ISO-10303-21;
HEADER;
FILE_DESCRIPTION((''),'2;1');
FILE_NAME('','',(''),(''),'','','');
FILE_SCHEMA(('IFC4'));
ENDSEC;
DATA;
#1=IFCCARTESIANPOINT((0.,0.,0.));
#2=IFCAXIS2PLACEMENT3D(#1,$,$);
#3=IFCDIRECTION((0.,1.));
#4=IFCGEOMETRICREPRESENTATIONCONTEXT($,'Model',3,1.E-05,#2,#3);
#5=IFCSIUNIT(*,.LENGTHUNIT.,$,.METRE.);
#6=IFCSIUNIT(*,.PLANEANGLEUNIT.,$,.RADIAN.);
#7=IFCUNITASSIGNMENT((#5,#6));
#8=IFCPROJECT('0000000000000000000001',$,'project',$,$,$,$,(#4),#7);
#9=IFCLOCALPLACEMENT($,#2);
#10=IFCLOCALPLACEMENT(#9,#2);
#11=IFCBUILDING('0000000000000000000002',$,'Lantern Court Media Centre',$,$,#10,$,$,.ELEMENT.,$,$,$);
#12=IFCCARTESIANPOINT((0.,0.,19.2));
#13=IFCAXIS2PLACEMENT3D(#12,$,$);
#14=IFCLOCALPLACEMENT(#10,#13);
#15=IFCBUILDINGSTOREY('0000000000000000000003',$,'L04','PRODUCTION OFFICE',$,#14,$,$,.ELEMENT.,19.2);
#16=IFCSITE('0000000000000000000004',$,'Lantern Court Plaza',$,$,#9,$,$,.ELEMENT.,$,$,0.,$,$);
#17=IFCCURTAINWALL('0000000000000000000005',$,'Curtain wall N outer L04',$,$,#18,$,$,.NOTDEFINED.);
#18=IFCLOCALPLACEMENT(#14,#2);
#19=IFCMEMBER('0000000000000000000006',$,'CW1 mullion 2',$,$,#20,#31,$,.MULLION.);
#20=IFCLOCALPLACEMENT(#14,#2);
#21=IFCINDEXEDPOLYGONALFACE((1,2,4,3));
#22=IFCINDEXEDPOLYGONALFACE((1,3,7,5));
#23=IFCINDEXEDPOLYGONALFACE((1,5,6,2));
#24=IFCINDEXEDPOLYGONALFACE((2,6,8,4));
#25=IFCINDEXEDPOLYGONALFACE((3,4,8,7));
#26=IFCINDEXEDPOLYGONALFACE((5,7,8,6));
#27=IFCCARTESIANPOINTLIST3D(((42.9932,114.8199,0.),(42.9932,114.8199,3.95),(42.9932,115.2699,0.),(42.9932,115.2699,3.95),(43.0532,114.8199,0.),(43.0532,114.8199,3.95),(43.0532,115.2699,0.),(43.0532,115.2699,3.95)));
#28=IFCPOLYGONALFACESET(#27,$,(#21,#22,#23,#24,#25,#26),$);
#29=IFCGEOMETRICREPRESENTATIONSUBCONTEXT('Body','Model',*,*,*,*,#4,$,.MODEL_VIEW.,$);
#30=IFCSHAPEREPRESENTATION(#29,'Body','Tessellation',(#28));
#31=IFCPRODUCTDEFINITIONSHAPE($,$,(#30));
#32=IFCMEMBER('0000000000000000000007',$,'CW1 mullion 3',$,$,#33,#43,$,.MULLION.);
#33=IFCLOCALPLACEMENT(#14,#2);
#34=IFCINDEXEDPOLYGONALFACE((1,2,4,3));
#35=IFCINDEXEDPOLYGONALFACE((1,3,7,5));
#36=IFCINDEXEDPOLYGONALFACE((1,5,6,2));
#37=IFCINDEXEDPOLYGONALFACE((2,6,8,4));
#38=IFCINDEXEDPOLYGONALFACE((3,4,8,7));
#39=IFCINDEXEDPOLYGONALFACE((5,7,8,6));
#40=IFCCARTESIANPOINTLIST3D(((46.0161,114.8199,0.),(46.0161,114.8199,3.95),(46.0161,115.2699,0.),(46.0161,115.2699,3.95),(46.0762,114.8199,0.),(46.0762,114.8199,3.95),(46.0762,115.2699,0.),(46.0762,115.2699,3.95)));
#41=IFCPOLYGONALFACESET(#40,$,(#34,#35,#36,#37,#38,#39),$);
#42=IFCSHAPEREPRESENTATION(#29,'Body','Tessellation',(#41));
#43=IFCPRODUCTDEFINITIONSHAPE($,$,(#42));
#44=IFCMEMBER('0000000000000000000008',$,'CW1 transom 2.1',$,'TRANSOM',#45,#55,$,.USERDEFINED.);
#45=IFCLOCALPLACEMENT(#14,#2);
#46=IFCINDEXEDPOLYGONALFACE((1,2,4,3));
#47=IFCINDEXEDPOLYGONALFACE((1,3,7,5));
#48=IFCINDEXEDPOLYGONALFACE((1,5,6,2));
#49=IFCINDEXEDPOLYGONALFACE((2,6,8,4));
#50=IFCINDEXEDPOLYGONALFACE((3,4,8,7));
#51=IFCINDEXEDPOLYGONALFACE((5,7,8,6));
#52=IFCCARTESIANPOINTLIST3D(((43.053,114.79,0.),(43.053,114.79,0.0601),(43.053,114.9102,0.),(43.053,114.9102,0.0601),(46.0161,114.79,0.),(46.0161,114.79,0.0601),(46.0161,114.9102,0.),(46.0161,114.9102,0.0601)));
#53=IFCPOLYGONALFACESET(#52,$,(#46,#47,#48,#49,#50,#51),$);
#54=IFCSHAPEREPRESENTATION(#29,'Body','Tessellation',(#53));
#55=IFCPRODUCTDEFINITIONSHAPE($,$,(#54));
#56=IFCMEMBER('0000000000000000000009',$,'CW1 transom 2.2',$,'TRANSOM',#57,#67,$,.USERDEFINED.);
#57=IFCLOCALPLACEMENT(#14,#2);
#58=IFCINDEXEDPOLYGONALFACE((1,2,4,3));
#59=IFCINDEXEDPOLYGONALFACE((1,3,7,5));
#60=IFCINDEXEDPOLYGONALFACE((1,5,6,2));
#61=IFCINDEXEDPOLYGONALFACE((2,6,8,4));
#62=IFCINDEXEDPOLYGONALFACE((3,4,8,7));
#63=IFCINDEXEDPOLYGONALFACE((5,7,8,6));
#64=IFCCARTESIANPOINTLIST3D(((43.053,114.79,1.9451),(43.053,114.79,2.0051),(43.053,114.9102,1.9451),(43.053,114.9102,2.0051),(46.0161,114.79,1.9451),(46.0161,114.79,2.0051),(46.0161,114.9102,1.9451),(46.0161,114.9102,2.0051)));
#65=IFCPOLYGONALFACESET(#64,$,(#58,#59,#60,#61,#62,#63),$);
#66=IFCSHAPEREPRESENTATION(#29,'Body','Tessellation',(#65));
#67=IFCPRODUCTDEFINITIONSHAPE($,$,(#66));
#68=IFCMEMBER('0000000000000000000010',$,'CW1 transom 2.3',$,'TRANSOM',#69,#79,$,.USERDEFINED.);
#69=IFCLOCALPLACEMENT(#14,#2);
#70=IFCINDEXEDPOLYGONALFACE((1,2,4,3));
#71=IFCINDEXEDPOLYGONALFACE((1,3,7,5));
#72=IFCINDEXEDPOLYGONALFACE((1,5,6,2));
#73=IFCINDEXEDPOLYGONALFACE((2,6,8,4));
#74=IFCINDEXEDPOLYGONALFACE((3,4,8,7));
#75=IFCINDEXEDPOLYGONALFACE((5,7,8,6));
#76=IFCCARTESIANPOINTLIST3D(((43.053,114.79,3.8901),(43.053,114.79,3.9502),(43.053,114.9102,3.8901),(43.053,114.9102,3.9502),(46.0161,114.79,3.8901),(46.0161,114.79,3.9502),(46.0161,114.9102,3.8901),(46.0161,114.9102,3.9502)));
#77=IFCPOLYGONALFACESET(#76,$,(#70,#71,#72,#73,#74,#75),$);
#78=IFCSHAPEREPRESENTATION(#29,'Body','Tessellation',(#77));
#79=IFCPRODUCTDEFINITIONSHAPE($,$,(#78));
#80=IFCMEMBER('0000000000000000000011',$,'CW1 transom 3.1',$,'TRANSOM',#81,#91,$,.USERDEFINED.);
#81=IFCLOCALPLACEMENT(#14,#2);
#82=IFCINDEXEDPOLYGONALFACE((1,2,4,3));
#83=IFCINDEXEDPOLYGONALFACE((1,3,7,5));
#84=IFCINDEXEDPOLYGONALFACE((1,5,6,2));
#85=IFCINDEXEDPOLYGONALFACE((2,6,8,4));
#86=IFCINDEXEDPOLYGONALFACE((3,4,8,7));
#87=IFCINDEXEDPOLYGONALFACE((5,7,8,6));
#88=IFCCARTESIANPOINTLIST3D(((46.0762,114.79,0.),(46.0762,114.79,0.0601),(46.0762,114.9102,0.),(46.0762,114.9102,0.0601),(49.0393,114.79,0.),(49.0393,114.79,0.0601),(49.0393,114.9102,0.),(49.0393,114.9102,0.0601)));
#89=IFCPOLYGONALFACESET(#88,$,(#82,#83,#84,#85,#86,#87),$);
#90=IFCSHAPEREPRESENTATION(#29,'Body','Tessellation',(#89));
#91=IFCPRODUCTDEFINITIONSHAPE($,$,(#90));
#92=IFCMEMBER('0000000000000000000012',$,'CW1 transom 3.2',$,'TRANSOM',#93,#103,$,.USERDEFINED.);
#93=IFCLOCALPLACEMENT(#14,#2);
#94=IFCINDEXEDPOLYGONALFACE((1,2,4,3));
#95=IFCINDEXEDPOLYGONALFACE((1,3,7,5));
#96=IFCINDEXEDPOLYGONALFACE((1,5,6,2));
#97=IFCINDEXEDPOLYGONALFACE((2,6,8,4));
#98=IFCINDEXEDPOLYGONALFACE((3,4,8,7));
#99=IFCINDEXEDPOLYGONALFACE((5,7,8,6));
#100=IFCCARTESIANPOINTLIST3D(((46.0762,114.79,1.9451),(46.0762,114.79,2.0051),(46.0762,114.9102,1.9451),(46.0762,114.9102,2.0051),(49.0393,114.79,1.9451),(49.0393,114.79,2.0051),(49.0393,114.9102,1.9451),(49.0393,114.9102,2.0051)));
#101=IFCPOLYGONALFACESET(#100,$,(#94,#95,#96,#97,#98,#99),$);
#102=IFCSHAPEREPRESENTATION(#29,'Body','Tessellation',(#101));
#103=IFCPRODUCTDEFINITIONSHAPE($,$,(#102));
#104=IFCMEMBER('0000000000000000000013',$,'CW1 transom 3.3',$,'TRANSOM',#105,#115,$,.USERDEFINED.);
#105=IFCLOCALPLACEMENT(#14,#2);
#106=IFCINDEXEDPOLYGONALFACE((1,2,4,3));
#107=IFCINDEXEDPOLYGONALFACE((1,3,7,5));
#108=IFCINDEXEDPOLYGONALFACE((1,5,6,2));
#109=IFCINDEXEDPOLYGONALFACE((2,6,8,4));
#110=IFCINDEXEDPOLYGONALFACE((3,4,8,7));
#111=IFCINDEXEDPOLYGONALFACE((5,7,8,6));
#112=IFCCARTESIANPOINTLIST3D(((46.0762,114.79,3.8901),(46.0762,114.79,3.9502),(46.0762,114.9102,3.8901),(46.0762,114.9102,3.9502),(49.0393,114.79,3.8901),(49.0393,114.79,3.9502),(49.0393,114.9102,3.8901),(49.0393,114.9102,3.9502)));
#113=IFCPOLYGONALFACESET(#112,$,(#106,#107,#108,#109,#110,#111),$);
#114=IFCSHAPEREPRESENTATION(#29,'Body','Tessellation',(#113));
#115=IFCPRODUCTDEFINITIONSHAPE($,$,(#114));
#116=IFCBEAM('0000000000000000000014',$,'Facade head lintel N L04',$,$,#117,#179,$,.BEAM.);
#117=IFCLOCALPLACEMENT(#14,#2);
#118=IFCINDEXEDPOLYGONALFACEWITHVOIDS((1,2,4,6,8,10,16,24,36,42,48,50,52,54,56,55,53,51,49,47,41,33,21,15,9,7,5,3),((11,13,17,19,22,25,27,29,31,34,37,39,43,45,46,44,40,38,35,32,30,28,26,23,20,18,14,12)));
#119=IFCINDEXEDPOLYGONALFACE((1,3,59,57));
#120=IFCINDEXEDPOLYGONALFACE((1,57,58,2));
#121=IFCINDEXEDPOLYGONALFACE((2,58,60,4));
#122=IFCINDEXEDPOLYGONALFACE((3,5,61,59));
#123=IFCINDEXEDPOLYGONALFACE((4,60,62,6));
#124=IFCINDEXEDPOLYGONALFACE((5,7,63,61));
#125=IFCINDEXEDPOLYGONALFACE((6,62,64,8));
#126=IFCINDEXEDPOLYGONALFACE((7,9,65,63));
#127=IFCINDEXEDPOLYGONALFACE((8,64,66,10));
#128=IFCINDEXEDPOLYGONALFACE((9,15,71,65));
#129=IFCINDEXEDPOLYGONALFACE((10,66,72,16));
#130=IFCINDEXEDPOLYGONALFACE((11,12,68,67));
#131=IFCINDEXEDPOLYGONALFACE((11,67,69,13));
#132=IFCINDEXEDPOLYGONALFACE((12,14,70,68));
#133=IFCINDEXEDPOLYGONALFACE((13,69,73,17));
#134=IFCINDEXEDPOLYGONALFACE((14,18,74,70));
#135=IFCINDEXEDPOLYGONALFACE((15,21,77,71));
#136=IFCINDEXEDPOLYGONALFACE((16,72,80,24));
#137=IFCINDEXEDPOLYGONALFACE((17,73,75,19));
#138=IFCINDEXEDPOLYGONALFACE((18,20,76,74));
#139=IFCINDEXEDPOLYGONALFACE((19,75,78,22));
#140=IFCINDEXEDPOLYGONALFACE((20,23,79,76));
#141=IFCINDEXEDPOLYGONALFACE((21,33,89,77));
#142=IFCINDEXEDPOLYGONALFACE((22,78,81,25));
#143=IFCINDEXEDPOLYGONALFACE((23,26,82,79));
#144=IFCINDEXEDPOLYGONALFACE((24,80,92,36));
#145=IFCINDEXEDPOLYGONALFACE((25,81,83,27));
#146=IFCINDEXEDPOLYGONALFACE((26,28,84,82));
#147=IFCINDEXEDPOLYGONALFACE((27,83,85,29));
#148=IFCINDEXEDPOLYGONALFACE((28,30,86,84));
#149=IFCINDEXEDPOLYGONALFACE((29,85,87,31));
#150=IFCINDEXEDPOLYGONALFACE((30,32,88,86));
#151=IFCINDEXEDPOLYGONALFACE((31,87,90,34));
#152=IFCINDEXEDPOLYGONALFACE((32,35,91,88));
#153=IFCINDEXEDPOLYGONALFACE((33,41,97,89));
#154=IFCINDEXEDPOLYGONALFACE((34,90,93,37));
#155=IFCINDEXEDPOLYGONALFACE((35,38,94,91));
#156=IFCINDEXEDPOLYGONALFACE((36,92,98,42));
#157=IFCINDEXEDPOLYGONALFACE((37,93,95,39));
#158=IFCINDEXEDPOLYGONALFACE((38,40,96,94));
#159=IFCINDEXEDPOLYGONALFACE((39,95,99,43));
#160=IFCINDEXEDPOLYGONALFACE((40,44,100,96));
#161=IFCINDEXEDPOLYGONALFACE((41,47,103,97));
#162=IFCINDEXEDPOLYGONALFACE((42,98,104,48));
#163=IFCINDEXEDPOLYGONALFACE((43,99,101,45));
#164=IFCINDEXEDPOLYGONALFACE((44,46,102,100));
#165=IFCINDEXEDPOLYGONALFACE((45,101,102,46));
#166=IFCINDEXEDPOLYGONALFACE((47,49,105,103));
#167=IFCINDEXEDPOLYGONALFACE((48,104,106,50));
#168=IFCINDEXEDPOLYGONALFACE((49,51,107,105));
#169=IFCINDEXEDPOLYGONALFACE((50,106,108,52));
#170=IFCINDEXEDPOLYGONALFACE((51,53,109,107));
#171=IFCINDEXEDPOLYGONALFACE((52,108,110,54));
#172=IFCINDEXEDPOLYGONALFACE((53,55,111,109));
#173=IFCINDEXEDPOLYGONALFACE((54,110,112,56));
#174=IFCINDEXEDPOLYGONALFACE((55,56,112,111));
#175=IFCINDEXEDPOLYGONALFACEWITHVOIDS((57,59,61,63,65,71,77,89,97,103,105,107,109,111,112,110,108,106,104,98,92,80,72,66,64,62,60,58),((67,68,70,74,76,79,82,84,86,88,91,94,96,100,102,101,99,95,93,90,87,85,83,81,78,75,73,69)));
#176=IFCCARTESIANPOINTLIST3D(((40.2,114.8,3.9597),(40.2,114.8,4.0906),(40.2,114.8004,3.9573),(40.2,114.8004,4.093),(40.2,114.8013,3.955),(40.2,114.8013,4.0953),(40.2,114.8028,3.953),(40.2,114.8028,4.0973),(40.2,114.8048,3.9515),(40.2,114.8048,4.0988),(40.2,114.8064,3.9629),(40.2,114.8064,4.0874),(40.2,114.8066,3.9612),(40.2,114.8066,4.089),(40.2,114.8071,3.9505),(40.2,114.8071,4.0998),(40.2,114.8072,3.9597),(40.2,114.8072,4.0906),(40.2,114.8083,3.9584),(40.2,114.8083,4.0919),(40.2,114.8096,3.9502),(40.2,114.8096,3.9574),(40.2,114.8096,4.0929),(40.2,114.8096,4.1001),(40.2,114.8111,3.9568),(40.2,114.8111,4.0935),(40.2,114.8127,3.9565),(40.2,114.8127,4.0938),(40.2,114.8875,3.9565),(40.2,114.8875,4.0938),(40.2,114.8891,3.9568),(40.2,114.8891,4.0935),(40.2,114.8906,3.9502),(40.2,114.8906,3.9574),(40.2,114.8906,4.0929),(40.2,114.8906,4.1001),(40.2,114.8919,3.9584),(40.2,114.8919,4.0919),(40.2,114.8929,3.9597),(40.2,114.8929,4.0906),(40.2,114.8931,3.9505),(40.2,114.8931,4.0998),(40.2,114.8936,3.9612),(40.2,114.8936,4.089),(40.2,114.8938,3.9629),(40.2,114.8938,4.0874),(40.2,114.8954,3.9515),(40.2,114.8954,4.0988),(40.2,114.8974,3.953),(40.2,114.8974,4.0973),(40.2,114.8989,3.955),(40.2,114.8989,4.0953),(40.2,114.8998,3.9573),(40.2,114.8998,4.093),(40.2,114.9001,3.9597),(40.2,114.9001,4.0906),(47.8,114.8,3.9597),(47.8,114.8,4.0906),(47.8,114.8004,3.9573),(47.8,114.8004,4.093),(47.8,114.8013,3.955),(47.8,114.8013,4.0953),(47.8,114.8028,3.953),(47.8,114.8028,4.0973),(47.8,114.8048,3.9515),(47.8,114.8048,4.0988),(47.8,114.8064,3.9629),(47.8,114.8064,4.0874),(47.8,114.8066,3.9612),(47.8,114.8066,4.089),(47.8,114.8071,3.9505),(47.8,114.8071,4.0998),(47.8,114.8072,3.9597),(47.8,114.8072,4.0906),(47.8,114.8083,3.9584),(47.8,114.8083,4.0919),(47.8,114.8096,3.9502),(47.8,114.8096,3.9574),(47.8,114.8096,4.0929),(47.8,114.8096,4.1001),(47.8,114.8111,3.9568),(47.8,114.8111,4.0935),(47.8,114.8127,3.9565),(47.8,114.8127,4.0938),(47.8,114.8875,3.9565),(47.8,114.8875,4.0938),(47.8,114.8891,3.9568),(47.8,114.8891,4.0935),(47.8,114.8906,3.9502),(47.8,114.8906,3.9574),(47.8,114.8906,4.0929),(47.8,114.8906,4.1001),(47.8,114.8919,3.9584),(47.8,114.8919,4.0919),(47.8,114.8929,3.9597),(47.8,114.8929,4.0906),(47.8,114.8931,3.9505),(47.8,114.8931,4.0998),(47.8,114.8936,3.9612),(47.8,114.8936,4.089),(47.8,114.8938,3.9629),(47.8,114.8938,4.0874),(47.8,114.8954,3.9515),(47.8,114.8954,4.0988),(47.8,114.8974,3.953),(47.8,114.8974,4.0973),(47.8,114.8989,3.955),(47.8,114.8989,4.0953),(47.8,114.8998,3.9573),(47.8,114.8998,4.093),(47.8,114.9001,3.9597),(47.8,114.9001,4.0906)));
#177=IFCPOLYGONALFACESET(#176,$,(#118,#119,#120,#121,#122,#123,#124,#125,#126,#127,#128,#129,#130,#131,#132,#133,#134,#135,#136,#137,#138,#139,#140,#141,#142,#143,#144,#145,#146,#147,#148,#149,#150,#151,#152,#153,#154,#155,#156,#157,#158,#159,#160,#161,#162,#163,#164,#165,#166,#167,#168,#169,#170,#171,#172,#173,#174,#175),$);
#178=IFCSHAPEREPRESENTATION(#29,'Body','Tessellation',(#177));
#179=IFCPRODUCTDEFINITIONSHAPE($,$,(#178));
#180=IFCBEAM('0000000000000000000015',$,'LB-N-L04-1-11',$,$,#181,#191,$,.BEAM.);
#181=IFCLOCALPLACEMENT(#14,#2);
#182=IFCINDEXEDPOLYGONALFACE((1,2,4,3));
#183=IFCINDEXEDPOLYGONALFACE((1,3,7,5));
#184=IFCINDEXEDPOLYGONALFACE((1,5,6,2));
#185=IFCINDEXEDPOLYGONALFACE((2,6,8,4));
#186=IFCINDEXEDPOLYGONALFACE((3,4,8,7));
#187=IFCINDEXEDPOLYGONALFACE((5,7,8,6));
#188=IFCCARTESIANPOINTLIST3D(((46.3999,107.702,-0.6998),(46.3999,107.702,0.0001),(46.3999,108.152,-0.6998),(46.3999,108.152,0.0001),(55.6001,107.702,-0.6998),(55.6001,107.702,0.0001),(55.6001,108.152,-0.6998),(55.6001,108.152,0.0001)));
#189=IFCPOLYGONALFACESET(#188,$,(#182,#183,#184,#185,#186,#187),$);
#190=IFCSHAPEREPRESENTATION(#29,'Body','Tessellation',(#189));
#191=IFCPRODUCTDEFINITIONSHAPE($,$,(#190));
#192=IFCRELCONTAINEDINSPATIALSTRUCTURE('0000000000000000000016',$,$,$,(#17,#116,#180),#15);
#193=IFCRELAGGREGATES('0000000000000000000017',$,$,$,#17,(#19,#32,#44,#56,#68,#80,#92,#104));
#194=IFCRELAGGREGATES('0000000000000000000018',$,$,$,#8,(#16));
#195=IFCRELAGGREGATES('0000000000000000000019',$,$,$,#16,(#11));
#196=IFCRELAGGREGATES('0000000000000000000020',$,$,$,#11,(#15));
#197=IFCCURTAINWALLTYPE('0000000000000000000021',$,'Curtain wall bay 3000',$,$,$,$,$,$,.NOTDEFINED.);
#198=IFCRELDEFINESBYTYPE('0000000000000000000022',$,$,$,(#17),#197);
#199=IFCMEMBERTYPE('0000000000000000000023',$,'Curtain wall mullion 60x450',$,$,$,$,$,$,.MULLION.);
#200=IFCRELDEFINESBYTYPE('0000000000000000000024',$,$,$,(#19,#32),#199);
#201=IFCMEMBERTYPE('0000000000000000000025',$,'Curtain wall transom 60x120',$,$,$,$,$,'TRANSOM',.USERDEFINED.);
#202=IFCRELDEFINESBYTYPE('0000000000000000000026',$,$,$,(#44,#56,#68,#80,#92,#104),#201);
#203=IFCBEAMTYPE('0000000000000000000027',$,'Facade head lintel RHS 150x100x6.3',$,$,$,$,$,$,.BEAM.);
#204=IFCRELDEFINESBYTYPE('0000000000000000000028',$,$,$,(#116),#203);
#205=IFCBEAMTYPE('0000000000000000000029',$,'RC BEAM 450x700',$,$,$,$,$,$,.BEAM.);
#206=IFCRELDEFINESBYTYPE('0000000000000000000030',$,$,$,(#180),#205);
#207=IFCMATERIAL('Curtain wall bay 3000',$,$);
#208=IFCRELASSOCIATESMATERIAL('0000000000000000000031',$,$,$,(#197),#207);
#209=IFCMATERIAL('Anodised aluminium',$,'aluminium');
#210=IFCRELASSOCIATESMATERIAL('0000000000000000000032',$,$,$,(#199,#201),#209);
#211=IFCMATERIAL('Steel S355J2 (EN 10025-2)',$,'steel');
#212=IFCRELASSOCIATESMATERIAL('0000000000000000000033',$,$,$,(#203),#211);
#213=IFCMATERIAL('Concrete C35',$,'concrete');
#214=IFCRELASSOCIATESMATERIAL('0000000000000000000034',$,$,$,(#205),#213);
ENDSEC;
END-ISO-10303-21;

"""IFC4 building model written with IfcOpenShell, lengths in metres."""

from ifc_helpers import new_model, si_unit, direction, frame, origin, origin_2d, place, context, subcontext, project, spatial, rectangle, hollow_rectangle, extrude, material, material_profile, profile_set, type_object, element, aggregate, save


model = new_model("IFC4")

# Units and contexts
model_context = context("Model", 3, precision=1e-05, world=origin(), true_north=direction((0.0, 1.0)))
body_context = subcontext(model_context, "Body", "Model", "MODEL_VIEW")
ifc_project = project(units=[si_unit("LENGTHUNIT", "METRE"), si_unit("PLANEANGLEUNIT", "RADIAN")], contexts=[model_context])

# Site, building, storey
site_placement = place(None, origin())
site = spatial("IfcSite", under=ifc_project, at=site_placement, Name="Lantern Court Plaza", CompositionType="ELEMENT", RefElevation=0.0)
building_placement = place(site_placement, origin())
building = spatial("IfcBuilding", under=site, at=building_placement, Name="Lantern Court Media Centre", CompositionType="ELEMENT")
storey_placement = place(building_placement, frame((0.0, 0.0, 19.2)))
storey = spatial("IfcBuildingStorey", under=building, at=storey_placement, Name="L04", Description="PRODUCTION OFFICE", CompositionType="ELEMENT", Elevation=19.2)

# Curtain wall, members
ifc_material_1 = material(Name="Curtain wall bay 3000")
curtain_wall_type = type_object("IfcCurtainWallType", Name="Curtain wall bay 3000", PredefinedType="NOTDEFINED", material=ifc_material_1)
curtain_wall_placement = place(storey_placement, origin())
curtain_wall = element("IfcCurtainWall", 1, at=curtain_wall_placement, inside=storey, type_object=curtain_wall_type, Name="Curtain wall N outer L04", PredefinedType="NOTDEFINED")
ifc_material_2 = material(Name="Anodised aluminium", Category="aluminium")
ifc_material_profile_1 = material_profile(ifc_material_2, rectangle(XDim=0.45, YDim=0.0601, at=origin_2d()), Name="AL 60x450")
ifc_profile_set_1 = profile_set([ifc_material_profile_1], Name="Anodised aluminium")
member_type_1 = type_object("IfcMemberType", Name="Curtain wall mullion 60x450", PredefinedType="MULLION", material=ifc_profile_set_1)
member_1_placement = place(storey_placement, frame((43.0232, 115.0449, 0.0), z_axis=(0.0, 0.0, 1.0), x_axis=(0.0, 1.0, 0.0)))
member_1 = element("IfcMember", 2, at=member_1_placement, type_object=member_type_1, Name="CW1 mullion 2", PredefinedType="MULLION", context=body_context, shape_type="SweptSolid", body=[
    extrude(rectangle(XDim=0.45, YDim=0.0601, at=origin_2d()), origin(), (0.0, 0.0, 1.0), 3.95),
])
member_2_placement = place(storey_placement, frame((46.0461, 115.0449, 0.0), z_axis=(0.0, 0.0, 1.0), x_axis=(0.0, 1.0, 0.0)))
member_2 = element("IfcMember", 3, at=member_2_placement, type_object=member_type_1, Name="CW1 mullion 3", PredefinedType="MULLION", context=body_context, shape_type="SweptSolid", body=[
    extrude(rectangle(XDim=0.45, YDim=0.0601, at=origin_2d()), origin(), (0.0, 0.0, 1.0), 3.95),
])
ifc_material_profile_2 = material_profile(ifc_material_2, rectangle(XDim=0.1201, YDim=0.0601, at=origin_2d()), Name="AL 60x120")
ifc_profile_set_2 = profile_set([ifc_material_profile_2], Name="Anodised aluminium")
member_type_2 = type_object("IfcMemberType", Name="Curtain wall transom 60x120", ElementType="TRANSOM", PredefinedType="USERDEFINED", material=ifc_profile_set_2)
member_3_placement = place(storey_placement, frame((43.053, 114.8501, 0.03), z_axis=(1.0, 0.0, 0.0), x_axis=(0.0, 1.0, 0.0)))
member_3 = element("IfcMember", 4, at=member_3_placement, type_object=member_type_2, Name="CW1 transom 2.1", ObjectType="TRANSOM", PredefinedType="USERDEFINED", context=body_context, shape_type="SweptSolid", body=[
    extrude(rectangle(XDim=0.1201, YDim=0.0601, at=origin_2d()), origin(), (0.0, 0.0, 1.0), 2.9631),
])
member_4_placement = place(storey_placement, frame((43.053, 114.8501, 1.9751), z_axis=(1.0, 0.0, 0.0), x_axis=(0.0, 1.0, 0.0)))
member_4 = element("IfcMember", 5, at=member_4_placement, type_object=member_type_2, Name="CW1 transom 2.2", ObjectType="TRANSOM", PredefinedType="USERDEFINED", context=body_context, shape_type="SweptSolid", body=[
    extrude(rectangle(XDim=0.1201, YDim=0.0601, at=origin_2d()), origin(), (0.0, 0.0, 1.0), 2.9631),
])
member_5_placement = place(storey_placement, frame((43.053, 114.8501, 3.9202), z_axis=(1.0, 0.0, 0.0), x_axis=(0.0, 1.0, 0.0)))
member_5 = element("IfcMember", 6, at=member_5_placement, type_object=member_type_2, Name="CW1 transom 2.3", ObjectType="TRANSOM", PredefinedType="USERDEFINED", context=body_context, shape_type="SweptSolid", body=[
    extrude(rectangle(XDim=0.1201, YDim=0.0601, at=origin_2d()), origin(), (0.0, 0.0, 1.0), 2.9631),
])
member_6_placement = place(storey_placement, frame((46.0762, 114.8501, 0.03), z_axis=(1.0, 0.0, 0.0), x_axis=(0.0, 1.0, 0.0)))
member_6 = element("IfcMember", 7, at=member_6_placement, type_object=member_type_2, Name="CW1 transom 3.1", ObjectType="TRANSOM", PredefinedType="USERDEFINED", context=body_context, shape_type="SweptSolid", body=[
    extrude(rectangle(XDim=0.1201, YDim=0.0601, at=origin_2d()), origin(), (0.0, 0.0, 1.0), 2.9631),
])
member_7_placement = place(storey_placement, frame((46.0762, 114.8501, 1.9751), z_axis=(1.0, 0.0, 0.0), x_axis=(0.0, 1.0, 0.0)))
member_7 = element("IfcMember", 8, at=member_7_placement, type_object=member_type_2, Name="CW1 transom 3.2", ObjectType="TRANSOM", PredefinedType="USERDEFINED", context=body_context, shape_type="SweptSolid", body=[
    extrude(rectangle(XDim=0.1201, YDim=0.0601, at=origin_2d()), origin(), (0.0, 0.0, 1.0), 2.9631),
])
member_8_placement = place(storey_placement, frame((46.0762, 114.8501, 3.9202), z_axis=(1.0, 0.0, 0.0), x_axis=(0.0, 1.0, 0.0)))
member_8 = element("IfcMember", 9, at=member_8_placement, type_object=member_type_2, Name="CW1 transom 3.3", ObjectType="TRANSOM", PredefinedType="USERDEFINED", context=body_context, shape_type="SweptSolid", body=[
    extrude(rectangle(XDim=0.1201, YDim=0.0601, at=origin_2d()), origin(), (0.0, 0.0, 1.0), 2.9631),
])

# Beams
ifc_material_3 = material(Name="Steel S355J2 (EN 10025-2)", Category="steel")
ifc_material_profile_3 = material_profile(ifc_material_3, hollow_rectangle(XDim=0.1001, YDim=0.1499, WallThickness=0.0063, InnerFilletRadius=0.0063, OuterFilletRadius=0.0095, at=origin_2d()), Name="Facade head lintel RHS 150x100x6.3")
ifc_profile_set_3 = profile_set([ifc_material_profile_3], Name="Steel S355J2 (EN 10025-2)")
beam_type_1 = type_object("IfcBeamType", Name="Facade head lintel RHS 150x100x6.3", PredefinedType="BEAM", material=ifc_profile_set_3)
beam_1_placement = place(storey_placement, frame((40.2, 114.8501, 4.0251), z_axis=(1.0, 0.0, 0.0), x_axis=(0.0, 1.0, 0.0)))
element("IfcBeam", 10, at=beam_1_placement, inside=storey, type_object=beam_type_1, Name="Facade head lintel N L04", PredefinedType="BEAM", context=body_context, shape_type="SweptSolid", body=[
    extrude(hollow_rectangle(XDim=0.1001, YDim=0.1499, WallThickness=0.0063, InnerFilletRadius=0.0063, OuterFilletRadius=0.0095, at=origin_2d()), origin(), (0.0, 0.0, 1.0), 7.6001),
])
ifc_material_4 = material(Name="Concrete C35", Category="concrete")
ifc_material_profile_4 = material_profile(ifc_material_4, rectangle(XDim=0.45, YDim=0.7, at=origin_2d()), Name="RC 450x700")
ifc_profile_set_4 = profile_set([ifc_material_profile_4], Name="Concrete C35")
beam_type_2 = type_object("IfcBeamType", Name="RC BEAM 450x700", PredefinedType="BEAM", material=ifc_profile_set_4)
beam_2_placement = place(storey_placement, frame((46.3999, 107.927, -0.3499), z_axis=(1.0, 0.0, 0.0), x_axis=(0.0, 1.0, 0.0)))
element("IfcBeam", 11, at=beam_2_placement, inside=storey, type_object=beam_type_2, Name="LB-N-L04-1-11", PredefinedType="BEAM", context=body_context, shape_type="SweptSolid", body=[
    extrude(rectangle(XDim=0.45, YDim=0.7, at=origin_2d()), origin(), (0.0, 0.0, 1.0), 9.2002),
])

aggregate(curtain_wall, [member_1, member_2, member_3, member_4, member_5, member_6, member_7, member_8])

save(model, "model.ifc")
